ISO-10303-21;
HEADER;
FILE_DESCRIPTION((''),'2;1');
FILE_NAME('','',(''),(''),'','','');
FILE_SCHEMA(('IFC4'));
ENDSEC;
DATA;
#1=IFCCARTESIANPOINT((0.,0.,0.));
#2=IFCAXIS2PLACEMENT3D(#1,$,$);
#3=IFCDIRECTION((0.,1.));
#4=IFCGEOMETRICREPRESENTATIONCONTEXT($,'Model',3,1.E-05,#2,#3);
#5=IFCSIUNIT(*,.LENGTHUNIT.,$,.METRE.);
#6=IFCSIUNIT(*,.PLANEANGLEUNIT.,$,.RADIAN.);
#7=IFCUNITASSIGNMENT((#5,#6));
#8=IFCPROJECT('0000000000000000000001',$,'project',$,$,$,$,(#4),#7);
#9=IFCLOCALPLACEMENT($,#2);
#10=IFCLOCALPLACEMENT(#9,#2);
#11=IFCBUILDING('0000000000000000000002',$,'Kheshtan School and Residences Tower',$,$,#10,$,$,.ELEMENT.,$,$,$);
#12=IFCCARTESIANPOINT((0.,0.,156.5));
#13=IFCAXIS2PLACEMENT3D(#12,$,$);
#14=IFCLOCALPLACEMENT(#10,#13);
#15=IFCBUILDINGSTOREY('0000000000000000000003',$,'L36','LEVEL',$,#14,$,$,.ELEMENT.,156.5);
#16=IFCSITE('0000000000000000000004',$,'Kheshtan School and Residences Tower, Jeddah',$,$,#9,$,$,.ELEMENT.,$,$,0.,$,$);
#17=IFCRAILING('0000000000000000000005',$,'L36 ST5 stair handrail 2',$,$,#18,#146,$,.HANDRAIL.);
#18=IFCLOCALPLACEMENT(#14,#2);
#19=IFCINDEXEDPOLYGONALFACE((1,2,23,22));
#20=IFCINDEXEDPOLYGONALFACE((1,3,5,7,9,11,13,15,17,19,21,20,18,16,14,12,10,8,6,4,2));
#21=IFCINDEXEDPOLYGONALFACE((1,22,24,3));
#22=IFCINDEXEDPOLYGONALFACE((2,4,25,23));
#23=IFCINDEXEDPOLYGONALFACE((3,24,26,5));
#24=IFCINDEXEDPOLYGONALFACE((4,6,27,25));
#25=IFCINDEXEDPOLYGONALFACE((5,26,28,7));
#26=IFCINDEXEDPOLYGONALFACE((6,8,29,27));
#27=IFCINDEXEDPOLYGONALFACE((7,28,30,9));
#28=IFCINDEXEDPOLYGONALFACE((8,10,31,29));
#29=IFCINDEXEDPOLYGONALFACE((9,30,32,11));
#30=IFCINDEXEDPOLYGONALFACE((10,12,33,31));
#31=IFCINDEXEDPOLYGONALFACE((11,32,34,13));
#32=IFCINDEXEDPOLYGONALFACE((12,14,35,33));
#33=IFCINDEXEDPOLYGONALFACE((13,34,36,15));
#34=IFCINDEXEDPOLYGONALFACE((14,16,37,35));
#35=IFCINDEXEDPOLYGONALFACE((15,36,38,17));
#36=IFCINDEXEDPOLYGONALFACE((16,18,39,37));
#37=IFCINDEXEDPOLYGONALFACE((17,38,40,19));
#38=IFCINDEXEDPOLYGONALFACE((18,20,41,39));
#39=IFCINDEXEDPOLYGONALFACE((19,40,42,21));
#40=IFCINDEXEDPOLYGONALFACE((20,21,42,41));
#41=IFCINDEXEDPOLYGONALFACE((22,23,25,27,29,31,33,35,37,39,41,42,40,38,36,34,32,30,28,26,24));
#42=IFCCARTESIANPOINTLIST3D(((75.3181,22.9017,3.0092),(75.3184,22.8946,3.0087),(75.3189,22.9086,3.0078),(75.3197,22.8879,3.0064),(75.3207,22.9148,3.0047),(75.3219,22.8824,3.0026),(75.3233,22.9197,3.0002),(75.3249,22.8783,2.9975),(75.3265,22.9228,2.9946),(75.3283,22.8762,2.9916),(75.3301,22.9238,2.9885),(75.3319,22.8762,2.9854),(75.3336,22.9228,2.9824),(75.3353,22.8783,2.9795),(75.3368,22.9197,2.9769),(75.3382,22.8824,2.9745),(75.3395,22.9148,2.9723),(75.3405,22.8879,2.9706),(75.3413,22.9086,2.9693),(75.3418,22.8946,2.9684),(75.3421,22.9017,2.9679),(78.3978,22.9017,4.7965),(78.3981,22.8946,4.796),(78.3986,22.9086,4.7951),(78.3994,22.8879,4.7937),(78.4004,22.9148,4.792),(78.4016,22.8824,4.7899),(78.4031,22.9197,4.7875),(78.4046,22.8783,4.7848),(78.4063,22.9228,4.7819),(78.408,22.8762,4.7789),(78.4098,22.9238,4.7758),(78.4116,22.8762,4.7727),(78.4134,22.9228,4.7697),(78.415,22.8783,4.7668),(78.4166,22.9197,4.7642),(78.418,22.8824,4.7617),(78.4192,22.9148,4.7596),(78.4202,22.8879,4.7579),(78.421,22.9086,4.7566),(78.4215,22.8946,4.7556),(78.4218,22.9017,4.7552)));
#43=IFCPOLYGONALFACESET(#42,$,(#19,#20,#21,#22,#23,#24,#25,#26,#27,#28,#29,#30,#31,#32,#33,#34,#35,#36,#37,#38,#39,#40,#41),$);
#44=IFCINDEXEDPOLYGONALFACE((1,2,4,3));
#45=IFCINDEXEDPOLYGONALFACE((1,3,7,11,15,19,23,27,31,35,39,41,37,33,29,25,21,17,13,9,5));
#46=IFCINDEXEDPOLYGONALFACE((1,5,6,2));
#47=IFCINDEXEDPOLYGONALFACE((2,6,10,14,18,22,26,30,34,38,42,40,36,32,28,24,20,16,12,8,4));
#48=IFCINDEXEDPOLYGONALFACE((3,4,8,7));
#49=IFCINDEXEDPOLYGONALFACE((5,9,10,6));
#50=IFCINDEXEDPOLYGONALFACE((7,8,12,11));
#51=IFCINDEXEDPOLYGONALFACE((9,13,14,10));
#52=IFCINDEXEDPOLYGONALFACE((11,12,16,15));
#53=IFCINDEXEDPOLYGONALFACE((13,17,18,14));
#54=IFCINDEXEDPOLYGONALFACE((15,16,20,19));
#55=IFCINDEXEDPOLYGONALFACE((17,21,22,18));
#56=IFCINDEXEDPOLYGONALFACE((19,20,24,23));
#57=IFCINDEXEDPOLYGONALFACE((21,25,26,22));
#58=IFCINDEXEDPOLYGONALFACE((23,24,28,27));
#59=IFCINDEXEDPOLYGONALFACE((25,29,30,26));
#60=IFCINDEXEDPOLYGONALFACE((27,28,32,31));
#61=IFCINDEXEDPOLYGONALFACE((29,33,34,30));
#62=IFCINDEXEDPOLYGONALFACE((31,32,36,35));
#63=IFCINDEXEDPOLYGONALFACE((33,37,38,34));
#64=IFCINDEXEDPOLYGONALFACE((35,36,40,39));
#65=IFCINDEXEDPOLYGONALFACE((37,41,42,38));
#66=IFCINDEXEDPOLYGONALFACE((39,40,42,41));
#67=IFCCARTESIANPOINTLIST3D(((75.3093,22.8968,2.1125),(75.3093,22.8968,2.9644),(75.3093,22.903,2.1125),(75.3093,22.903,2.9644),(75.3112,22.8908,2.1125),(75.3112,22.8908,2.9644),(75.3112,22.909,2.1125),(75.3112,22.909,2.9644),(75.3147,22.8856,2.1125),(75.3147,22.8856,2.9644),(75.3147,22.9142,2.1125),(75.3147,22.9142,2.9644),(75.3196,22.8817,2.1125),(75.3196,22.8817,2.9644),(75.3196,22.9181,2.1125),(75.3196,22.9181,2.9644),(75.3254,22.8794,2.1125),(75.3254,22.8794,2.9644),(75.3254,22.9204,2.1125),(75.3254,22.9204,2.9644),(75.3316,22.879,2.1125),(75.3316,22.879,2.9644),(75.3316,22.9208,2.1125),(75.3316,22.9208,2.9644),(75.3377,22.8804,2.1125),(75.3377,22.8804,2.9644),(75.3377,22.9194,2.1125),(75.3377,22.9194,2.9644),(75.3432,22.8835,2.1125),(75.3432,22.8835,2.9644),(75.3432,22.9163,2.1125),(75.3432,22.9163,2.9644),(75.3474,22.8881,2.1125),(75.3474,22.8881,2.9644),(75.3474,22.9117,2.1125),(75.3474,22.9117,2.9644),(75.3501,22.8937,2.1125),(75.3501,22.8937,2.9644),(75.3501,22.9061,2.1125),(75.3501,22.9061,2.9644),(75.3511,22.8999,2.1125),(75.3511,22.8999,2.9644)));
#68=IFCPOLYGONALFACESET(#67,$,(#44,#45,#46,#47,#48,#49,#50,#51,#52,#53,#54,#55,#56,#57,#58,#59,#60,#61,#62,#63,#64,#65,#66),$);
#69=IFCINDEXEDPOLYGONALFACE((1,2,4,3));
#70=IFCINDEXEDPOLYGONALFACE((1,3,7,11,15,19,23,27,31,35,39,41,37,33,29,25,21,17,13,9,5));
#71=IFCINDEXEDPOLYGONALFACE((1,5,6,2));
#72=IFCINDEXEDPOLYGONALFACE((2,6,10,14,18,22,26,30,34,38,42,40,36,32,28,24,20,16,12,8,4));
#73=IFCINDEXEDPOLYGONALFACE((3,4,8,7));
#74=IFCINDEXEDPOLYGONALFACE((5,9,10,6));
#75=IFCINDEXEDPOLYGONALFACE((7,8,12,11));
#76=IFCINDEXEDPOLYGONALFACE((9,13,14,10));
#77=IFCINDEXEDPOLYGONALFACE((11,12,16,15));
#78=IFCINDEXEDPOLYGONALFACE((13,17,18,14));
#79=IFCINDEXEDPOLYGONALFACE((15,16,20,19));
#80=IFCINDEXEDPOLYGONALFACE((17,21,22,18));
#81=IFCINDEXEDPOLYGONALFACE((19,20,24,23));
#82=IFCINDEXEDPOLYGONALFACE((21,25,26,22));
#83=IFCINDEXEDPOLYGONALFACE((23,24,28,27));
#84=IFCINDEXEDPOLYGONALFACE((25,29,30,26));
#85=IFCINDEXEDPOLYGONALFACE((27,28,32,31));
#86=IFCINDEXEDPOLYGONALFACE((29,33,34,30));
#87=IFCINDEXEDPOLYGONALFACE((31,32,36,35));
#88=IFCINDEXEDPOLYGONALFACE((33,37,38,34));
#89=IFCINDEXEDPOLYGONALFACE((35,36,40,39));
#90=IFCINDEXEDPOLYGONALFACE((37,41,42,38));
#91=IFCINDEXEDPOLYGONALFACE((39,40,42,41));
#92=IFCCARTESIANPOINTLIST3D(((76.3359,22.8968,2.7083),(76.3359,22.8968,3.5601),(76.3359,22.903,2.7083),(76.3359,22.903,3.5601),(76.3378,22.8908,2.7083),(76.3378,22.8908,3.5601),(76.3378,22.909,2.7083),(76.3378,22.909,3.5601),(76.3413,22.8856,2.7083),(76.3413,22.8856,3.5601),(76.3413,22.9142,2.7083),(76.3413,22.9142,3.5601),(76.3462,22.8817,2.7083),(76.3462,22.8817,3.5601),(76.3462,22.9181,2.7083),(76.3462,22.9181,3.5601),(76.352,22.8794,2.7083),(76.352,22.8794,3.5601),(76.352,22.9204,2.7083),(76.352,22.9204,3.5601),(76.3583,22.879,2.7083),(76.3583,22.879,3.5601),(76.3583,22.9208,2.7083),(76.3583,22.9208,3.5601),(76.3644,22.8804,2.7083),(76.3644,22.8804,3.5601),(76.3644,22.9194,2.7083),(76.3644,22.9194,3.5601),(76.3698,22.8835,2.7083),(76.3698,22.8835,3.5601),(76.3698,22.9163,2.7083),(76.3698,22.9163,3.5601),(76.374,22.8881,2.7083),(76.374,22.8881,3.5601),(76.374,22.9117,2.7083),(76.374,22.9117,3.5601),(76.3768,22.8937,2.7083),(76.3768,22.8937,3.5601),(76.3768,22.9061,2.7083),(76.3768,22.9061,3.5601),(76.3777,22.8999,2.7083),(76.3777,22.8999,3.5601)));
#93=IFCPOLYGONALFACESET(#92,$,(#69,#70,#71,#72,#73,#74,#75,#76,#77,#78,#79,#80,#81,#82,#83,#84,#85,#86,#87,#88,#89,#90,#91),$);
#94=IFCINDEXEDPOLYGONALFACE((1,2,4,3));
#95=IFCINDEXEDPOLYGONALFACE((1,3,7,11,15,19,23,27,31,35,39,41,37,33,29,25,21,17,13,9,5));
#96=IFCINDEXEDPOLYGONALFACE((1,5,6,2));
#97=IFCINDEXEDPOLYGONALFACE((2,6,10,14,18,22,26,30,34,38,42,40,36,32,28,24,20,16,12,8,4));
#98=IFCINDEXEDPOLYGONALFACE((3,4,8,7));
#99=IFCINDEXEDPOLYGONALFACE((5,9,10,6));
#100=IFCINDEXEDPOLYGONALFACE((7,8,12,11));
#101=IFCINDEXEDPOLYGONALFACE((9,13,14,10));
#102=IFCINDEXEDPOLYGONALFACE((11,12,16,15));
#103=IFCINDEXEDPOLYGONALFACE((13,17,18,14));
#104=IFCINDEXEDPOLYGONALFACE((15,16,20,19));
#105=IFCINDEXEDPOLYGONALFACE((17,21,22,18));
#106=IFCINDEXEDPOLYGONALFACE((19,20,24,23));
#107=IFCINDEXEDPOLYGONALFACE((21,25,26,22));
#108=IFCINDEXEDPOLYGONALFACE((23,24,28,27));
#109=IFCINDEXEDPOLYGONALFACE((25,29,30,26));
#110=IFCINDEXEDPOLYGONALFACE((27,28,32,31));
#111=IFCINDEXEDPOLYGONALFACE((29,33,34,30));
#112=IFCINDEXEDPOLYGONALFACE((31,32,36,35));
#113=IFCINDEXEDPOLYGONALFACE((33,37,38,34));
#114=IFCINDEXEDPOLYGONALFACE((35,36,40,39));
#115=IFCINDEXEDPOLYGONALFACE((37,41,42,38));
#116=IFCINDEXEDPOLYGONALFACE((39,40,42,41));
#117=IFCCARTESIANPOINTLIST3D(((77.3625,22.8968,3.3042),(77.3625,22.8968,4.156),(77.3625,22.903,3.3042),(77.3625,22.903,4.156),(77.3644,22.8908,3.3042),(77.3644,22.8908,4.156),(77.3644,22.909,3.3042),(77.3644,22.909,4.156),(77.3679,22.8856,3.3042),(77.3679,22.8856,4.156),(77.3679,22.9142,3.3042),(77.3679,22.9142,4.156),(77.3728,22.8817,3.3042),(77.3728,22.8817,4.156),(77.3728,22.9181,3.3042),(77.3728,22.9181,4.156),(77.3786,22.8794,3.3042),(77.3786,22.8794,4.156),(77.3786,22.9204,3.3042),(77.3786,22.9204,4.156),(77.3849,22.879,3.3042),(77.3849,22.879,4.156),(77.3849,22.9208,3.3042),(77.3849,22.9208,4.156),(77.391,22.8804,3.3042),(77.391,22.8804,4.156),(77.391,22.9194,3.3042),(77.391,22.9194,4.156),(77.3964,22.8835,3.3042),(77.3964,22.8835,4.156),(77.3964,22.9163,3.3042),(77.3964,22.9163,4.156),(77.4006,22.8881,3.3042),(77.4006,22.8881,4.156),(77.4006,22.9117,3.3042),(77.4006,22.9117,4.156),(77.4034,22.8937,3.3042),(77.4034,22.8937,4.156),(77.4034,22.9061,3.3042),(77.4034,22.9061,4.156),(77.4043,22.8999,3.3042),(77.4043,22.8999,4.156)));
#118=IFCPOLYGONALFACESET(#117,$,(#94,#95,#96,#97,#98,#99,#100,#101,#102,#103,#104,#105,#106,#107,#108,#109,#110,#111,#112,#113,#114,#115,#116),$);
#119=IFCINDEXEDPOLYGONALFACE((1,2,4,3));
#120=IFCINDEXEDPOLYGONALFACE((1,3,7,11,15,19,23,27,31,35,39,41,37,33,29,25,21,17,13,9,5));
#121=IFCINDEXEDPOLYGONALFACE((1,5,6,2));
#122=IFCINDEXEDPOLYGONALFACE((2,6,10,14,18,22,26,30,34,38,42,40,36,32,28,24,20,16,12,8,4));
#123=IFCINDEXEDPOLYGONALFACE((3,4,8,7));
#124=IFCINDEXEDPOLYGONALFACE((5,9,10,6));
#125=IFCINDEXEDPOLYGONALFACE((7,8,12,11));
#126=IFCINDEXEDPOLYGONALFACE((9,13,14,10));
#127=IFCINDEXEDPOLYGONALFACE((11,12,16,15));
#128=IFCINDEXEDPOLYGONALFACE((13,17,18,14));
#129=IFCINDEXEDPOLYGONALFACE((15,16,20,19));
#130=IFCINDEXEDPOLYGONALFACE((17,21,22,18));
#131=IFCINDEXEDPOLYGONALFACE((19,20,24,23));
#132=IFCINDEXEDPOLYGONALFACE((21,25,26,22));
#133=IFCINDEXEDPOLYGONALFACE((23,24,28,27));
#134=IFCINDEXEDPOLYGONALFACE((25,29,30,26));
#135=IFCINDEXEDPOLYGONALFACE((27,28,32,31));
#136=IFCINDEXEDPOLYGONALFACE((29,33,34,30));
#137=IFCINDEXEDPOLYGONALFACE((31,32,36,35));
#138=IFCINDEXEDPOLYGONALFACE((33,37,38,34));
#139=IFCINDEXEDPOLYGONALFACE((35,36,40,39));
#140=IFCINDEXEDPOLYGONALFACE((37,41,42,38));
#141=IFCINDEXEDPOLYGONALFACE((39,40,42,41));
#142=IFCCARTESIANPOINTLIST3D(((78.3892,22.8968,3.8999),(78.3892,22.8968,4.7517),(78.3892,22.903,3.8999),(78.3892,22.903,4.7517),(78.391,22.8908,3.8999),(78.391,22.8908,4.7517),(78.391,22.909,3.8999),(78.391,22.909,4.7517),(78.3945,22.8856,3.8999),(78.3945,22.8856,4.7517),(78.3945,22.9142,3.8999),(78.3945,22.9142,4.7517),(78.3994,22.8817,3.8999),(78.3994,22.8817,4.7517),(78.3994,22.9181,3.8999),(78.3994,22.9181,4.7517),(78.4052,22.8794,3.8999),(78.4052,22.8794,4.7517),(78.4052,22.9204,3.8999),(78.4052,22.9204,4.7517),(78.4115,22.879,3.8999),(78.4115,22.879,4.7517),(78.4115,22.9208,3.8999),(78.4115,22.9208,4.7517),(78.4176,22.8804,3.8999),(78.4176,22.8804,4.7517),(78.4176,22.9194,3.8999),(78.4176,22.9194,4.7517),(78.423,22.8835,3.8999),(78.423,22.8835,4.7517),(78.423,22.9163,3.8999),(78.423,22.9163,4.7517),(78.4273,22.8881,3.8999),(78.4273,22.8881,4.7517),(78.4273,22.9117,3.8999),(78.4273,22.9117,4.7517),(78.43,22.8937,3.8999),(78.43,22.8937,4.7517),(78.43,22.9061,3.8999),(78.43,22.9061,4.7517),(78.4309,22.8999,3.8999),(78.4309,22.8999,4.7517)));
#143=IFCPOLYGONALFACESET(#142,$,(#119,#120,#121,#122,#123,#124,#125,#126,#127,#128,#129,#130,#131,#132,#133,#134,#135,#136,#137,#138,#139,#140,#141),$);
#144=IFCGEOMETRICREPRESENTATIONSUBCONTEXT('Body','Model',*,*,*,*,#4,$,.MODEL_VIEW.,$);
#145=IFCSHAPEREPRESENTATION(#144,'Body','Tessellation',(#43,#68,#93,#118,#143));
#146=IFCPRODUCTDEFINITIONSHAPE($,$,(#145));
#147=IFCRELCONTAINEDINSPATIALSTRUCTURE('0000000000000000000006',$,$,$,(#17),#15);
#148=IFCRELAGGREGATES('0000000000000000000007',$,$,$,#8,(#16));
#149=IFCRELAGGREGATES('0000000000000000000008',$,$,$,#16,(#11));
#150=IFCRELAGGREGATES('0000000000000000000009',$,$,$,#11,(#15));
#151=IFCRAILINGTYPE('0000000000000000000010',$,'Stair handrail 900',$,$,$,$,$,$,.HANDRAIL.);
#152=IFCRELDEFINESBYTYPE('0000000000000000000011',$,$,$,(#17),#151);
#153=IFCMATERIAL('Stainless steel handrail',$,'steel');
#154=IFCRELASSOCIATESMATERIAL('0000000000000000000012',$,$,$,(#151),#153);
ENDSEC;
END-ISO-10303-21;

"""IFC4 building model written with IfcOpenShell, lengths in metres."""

from ifc_helpers import new_model, si_unit, direction, frame, origin, origin_2d, place, context, subcontext, project, spatial, circle, extrude, material, type_object, element, save


model = new_model("IFC4")

# Units and contexts
model_context = context("Model", 3, precision=1e-05, world=origin(), true_north=direction((0.0, 1.0)))
body_context = subcontext(model_context, "Body", "Model", "MODEL_VIEW")
ifc_project = project(units=[si_unit("LENGTHUNIT", "METRE"), si_unit("PLANEANGLEUNIT", "RADIAN")], contexts=[model_context])

# Site, building, storey
site_placement = place(None, origin())
site = spatial("IfcSite", under=ifc_project, at=site_placement, Name="Kheshtan School and Residences Tower, Jeddah", CompositionType="ELEMENT", RefElevation=0.0)
building_placement = place(site_placement, origin())
building = spatial("IfcBuilding", under=site, at=building_placement, Name="Kheshtan School and Residences Tower", CompositionType="ELEMENT")
storey_placement = place(building_placement, frame((0.0, 0.0, 156.5)))
storey = spatial("IfcBuildingStorey", under=building, at=storey_placement, Name="L36", Description="LEVEL", CompositionType="ELEMENT", Elevation=156.5)

# Railing
ifc_material_1 = material(Name="Stainless steel handrail", Category="steel")
railing_type_1 = type_object("IfcRailingType", Name="Stair handrail 900", PredefinedType="HANDRAIL", material=ifc_material_1)
railing_1_placement = place(storey_placement, frame((75.3301, 22.8999, 2.1125)))
element("IfcRailing", 1, at=railing_1_placement, inside=storey, type_object=railing_type_1, Name="L36 ST5 stair handrail 2", PredefinedType="HANDRAIL", context=body_context, shape_type="SweptSolid", body=[
    extrude(circle(Radius=0.0239, at=origin_2d()), frame((0.0, 0.0, 0.876), z_axis=(0.864903, 0.0, 0.501939), x_axis=(0.0, 1.0, 0.0)), (0.0, 0.0, 1.0), 3.5608),
    extrude(circle(Radius=0.021, at=origin_2d()), origin(), (0.0, 0.0, 1.0), 0.8518),
    extrude(circle(Radius=0.021, at=origin_2d()), frame((1.0266, 0.0, 0.5957)), (0.0, 0.0, 1.0), 0.8518),
    extrude(circle(Radius=0.021, at=origin_2d()), frame((2.0532, 0.0, 1.1917)), (0.0, 0.0, 1.0), 0.8518),
    extrude(circle(Radius=0.021, at=origin_2d()), frame((3.0798, 0.0, 1.7874)), (0.0, 0.0, 1.0), 0.8518),
])

save(model, "model.ifc")
